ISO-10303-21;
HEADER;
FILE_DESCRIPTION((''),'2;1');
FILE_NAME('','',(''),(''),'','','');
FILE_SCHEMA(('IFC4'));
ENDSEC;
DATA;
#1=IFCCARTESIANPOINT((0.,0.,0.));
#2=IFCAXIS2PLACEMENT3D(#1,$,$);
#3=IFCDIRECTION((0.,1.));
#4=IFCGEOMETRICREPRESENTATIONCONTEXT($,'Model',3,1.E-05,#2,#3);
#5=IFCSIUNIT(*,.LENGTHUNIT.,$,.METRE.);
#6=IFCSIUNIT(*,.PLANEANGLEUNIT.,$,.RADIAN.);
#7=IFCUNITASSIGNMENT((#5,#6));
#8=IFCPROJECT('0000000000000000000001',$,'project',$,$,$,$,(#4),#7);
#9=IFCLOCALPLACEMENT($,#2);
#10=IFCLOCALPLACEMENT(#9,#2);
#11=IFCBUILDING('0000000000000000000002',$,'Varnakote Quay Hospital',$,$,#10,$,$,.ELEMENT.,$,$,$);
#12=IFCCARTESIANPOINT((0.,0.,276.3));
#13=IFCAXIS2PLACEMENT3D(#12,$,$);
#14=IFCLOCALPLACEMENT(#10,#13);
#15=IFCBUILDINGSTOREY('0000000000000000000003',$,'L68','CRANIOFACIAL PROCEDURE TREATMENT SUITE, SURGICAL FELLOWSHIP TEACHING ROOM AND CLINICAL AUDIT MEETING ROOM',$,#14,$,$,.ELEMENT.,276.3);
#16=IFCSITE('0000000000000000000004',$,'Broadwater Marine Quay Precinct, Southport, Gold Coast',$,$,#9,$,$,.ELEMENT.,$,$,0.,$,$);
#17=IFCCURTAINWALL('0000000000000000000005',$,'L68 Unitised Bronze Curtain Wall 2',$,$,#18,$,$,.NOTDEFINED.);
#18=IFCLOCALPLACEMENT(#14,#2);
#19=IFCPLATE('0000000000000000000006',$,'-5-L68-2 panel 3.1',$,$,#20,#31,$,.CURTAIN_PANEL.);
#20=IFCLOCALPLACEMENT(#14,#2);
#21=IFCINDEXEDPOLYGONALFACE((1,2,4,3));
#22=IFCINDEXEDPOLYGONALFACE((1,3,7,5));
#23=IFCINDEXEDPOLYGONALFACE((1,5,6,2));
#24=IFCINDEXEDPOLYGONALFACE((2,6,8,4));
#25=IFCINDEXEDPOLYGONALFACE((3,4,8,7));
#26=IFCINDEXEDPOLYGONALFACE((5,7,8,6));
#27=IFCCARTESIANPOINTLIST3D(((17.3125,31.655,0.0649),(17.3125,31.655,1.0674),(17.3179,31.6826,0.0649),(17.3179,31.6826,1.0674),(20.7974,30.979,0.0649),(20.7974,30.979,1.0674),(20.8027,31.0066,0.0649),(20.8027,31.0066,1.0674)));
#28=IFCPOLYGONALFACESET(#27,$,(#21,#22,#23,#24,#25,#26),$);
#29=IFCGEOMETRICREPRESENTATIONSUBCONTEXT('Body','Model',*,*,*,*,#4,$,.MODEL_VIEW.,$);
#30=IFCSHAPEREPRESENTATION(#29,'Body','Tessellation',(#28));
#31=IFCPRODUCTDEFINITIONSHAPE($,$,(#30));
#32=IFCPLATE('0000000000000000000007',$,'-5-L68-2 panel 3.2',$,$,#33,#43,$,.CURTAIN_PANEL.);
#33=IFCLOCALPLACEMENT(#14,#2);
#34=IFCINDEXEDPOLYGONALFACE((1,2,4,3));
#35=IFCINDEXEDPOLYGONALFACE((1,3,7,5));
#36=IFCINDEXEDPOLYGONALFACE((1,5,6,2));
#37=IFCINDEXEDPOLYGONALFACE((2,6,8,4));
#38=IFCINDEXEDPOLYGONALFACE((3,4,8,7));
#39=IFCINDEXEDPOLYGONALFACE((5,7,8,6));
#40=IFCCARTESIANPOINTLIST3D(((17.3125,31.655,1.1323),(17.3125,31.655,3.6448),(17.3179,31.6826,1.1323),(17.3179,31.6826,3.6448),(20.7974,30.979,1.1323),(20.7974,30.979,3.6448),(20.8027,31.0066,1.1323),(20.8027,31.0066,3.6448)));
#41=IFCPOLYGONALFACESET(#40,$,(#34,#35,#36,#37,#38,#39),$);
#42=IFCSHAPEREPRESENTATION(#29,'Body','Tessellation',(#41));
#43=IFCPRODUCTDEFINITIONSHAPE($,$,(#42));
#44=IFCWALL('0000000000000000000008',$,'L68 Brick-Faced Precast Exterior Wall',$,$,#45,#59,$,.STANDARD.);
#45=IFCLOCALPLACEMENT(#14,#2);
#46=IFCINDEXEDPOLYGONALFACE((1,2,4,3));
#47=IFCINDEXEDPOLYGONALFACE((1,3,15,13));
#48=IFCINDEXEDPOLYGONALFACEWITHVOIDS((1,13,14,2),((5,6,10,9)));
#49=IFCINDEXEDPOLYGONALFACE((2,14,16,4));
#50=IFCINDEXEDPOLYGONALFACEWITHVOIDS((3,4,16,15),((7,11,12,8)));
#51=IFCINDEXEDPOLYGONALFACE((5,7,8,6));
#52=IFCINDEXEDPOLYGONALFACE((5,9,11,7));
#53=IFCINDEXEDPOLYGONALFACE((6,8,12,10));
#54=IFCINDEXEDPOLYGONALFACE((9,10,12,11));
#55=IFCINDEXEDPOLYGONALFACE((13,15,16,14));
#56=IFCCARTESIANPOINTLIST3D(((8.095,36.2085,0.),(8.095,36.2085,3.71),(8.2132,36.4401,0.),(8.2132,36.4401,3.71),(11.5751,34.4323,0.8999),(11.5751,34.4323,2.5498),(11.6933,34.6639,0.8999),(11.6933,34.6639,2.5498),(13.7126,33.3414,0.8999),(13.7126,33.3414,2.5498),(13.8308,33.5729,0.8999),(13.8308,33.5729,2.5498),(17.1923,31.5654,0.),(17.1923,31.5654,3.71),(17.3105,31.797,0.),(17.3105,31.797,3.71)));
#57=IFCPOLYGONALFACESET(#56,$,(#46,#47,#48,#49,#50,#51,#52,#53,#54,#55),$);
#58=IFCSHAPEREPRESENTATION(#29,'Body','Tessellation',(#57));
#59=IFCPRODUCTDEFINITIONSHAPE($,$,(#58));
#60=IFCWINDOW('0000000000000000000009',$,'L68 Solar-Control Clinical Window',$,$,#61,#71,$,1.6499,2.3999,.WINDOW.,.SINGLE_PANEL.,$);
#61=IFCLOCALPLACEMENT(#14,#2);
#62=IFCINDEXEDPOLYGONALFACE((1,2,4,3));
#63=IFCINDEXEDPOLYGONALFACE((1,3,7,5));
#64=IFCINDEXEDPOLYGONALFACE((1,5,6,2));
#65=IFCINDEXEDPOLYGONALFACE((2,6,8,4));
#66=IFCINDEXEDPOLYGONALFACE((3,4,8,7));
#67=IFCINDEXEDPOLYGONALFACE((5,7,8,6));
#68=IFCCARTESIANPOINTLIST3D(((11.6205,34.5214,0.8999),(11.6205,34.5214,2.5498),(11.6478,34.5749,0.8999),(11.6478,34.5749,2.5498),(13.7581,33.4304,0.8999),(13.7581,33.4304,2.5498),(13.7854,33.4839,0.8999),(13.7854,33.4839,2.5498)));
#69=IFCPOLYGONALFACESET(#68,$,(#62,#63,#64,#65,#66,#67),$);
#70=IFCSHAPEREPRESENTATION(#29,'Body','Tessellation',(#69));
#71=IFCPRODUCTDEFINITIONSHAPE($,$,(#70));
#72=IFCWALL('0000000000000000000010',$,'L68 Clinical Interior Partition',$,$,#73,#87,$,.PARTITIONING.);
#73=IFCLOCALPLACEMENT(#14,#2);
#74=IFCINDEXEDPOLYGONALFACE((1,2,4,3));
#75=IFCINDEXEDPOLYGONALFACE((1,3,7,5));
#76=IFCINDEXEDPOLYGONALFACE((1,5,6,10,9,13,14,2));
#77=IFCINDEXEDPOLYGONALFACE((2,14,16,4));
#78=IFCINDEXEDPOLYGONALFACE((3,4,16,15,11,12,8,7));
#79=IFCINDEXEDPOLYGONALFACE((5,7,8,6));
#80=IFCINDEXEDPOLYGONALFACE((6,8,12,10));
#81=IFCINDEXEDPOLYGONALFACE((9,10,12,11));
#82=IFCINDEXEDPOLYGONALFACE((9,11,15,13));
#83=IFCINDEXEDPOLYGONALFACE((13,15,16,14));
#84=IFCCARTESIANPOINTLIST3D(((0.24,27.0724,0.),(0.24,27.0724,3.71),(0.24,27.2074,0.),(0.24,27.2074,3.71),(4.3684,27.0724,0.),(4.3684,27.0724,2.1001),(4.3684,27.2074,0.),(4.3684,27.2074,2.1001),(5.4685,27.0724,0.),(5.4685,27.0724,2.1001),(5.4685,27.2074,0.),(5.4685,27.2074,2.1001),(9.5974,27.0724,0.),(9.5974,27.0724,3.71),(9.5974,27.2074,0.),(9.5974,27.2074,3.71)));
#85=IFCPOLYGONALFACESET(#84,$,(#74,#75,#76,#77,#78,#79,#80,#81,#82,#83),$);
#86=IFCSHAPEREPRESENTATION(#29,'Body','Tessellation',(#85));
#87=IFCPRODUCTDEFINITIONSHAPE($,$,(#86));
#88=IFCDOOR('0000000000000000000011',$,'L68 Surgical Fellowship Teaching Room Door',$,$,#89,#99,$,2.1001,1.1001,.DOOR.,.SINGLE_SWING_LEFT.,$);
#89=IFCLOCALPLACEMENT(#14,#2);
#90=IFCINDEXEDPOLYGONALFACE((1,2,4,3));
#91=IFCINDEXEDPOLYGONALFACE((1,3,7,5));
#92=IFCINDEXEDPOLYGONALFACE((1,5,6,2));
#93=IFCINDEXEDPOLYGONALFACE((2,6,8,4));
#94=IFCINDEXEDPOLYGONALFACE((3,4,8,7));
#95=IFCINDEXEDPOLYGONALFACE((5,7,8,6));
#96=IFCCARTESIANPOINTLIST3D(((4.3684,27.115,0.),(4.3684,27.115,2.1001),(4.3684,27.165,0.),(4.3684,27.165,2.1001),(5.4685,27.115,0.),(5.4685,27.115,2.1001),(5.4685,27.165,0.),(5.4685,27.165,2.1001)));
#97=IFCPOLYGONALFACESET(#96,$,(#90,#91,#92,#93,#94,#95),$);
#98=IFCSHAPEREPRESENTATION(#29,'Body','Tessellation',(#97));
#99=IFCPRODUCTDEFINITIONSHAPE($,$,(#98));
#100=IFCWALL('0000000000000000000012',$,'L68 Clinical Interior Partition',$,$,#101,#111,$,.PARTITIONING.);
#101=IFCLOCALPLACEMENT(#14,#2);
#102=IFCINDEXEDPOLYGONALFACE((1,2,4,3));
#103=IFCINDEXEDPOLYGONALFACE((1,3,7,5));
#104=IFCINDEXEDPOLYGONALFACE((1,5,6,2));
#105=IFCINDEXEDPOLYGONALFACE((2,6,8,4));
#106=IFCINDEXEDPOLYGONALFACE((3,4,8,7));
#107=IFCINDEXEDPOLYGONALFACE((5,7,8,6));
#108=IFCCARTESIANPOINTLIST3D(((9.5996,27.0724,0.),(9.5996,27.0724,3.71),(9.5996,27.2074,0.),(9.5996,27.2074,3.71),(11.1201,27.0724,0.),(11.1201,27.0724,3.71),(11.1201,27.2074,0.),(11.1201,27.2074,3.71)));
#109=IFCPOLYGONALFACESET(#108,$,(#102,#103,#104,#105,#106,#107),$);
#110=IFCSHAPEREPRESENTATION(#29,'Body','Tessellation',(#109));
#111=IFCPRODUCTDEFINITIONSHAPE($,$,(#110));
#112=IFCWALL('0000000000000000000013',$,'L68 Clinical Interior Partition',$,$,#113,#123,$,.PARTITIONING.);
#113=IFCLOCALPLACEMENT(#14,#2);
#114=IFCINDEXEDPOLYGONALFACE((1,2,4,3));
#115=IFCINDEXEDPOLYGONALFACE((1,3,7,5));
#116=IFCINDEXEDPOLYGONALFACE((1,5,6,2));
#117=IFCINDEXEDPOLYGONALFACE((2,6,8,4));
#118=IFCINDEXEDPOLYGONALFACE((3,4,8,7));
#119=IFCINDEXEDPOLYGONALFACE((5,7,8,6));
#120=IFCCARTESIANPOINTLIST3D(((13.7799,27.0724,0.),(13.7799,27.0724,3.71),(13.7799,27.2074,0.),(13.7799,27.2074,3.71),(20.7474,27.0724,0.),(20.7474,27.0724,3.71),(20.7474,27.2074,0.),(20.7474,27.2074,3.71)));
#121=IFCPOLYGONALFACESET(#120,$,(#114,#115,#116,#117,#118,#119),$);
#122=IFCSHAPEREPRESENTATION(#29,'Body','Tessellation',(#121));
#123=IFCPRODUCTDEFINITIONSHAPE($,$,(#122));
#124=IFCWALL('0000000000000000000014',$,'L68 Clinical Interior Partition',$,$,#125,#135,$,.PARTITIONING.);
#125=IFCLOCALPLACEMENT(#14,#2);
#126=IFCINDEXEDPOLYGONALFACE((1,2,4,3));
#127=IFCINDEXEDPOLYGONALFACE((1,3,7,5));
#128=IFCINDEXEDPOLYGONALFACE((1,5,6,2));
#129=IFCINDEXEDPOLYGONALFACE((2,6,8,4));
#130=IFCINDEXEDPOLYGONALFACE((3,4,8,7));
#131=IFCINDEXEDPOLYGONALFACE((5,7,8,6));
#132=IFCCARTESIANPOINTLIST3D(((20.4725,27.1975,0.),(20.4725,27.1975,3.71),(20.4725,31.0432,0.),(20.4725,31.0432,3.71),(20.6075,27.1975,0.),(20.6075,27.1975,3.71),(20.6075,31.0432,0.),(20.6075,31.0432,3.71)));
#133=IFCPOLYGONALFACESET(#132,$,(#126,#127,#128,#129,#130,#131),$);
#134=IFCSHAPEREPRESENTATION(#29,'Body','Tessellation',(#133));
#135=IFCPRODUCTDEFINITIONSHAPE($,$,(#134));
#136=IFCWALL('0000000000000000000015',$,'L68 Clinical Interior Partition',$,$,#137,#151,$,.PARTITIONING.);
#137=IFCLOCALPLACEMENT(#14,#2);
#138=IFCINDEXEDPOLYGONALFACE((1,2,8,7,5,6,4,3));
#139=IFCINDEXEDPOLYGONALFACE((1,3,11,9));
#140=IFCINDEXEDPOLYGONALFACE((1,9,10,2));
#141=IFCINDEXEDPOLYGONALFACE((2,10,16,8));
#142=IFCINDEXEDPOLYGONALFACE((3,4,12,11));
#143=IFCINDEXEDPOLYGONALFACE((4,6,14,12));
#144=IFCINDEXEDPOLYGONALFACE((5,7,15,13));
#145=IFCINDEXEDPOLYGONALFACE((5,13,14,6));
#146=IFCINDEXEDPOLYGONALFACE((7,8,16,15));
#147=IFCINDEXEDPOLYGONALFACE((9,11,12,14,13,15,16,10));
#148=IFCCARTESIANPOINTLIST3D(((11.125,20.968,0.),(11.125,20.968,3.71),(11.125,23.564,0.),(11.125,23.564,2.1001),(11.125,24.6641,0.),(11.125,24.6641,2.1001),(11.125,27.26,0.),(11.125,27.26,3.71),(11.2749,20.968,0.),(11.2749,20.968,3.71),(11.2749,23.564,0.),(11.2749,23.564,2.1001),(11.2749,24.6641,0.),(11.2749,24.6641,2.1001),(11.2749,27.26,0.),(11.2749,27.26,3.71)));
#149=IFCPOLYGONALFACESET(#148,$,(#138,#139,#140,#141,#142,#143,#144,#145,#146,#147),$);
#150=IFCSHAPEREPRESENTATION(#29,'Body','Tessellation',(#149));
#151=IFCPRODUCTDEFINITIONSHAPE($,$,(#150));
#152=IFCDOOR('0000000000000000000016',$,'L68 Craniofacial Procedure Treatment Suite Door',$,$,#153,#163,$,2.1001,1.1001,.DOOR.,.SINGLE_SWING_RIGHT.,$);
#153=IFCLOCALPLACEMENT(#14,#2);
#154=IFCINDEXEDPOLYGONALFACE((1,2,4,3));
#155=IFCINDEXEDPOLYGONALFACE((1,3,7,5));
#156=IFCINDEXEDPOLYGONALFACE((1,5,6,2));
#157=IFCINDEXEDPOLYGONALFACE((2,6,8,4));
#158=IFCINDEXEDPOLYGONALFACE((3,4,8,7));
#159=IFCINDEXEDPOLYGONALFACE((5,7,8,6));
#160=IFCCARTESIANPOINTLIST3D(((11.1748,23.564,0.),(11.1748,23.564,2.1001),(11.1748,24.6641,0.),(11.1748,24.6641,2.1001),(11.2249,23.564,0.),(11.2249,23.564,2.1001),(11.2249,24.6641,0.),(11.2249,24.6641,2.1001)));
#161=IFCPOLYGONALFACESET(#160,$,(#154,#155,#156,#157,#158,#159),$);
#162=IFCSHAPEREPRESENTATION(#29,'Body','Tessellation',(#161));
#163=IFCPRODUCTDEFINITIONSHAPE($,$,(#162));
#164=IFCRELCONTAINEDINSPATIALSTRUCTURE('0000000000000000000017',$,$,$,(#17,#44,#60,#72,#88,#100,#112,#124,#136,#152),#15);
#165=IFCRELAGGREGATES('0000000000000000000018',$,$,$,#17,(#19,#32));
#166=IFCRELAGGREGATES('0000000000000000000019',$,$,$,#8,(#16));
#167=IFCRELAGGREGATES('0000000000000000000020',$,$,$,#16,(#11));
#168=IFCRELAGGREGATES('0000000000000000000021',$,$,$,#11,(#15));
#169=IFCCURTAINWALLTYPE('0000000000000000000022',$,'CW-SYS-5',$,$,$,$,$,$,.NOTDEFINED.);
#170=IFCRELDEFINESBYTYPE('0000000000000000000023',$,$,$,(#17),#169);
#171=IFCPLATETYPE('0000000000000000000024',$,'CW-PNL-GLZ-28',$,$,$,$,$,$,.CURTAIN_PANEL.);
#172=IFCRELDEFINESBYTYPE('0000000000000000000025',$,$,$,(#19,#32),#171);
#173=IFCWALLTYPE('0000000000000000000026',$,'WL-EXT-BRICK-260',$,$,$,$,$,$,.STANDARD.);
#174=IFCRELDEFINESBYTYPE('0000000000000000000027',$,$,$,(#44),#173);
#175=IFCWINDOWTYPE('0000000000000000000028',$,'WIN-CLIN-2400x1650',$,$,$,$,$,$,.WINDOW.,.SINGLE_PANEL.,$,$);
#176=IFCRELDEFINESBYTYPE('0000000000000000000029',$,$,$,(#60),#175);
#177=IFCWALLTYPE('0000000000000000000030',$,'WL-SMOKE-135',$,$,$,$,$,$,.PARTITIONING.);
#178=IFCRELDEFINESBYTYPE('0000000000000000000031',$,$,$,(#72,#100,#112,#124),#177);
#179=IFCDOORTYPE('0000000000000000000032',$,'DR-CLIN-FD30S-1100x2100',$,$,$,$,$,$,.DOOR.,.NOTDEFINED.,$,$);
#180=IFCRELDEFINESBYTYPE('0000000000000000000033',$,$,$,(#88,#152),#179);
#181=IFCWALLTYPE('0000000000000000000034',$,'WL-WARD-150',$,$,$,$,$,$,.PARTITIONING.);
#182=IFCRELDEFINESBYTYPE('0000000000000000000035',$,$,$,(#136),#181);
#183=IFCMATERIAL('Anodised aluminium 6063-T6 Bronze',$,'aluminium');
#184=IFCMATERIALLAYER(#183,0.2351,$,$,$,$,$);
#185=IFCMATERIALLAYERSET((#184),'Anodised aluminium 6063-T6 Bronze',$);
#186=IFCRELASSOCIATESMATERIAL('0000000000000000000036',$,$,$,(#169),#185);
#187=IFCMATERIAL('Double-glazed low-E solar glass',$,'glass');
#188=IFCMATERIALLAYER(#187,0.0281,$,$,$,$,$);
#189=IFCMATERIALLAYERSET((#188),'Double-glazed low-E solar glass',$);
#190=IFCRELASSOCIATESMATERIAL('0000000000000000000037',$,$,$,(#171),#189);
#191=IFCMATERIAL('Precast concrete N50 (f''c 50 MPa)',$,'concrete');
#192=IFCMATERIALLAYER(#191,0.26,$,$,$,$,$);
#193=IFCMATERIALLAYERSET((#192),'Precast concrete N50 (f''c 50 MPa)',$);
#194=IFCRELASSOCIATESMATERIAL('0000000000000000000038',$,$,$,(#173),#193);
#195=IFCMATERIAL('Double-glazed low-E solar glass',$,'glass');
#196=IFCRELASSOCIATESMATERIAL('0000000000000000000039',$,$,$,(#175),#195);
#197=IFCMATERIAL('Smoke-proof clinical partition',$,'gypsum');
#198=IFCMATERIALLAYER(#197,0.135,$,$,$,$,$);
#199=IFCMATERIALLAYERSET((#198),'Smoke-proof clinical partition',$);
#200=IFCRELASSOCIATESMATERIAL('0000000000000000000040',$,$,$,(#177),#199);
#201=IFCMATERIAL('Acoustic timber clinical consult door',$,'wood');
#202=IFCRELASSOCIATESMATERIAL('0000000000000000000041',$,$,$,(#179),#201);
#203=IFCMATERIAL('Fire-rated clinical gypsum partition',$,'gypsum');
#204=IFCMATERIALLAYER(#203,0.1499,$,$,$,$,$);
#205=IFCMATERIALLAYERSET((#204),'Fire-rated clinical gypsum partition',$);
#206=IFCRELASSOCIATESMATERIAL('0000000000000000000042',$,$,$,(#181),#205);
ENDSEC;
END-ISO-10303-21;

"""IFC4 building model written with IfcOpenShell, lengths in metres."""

from ifc_helpers import new_model, si_unit, direction, frame, frame_2d, origin, origin_2d, place, context, subcontext, project, spatial, rectangle, extrude, material, layer, layer_set, type_object, element, fill, aggregate, save


model = new_model("IFC4")

# Units and contexts
model_context = context("Model", 3, precision=1e-05, world=origin(), true_north=direction((0.0, 1.0)))
body_context = subcontext(model_context, "Body", "Model", "MODEL_VIEW")
ifc_project = project(units=[si_unit("LENGTHUNIT", "METRE"), si_unit("PLANEANGLEUNIT", "RADIAN")], contexts=[model_context])

# Site, building, storey
site_placement = place(None, origin())
site = spatial("IfcSite", under=ifc_project, at=site_placement, Name="Broadwater Marine Quay Precinct, Southport, Gold Coast", CompositionType="ELEMENT", RefElevation=0.0)
building_placement = place(site_placement, origin())
building = spatial("IfcBuilding", under=site, at=building_placement, Name="Varnakote Quay Hospital", CompositionType="ELEMENT")
storey_placement = place(building_placement, frame((0.0, 0.0, 276.3)))
storey = spatial("IfcBuildingStorey", under=building, at=storey_placement, Name="L68", Description="CRANIOFACIAL PROCEDURE TREATMENT SUITE, SURGICAL FELLOWSHIP TEACHING ROOM AND CLINICAL AUDIT MEETING ROOM", CompositionType="ELEMENT", Elevation=276.3)

# Curtain wall
ifc_material_1 = material(Name="Anodised aluminium 6063-T6 Bronze", Category="aluminium")
ifc_layer_1 = layer(ifc_material_1, 0.2351)
ifc_layer_set_1 = layer_set([ifc_layer_1], Name="Anodised aluminium 6063-T6 Bronze")
curtain_wall_type = type_object("IfcCurtainWallType", Name="CW-SYS-5", PredefinedType="NOTDEFINED", material=ifc_layer_set_1)
curtain_wall_placement = place(storey_placement, origin())
curtain_wall = element("IfcCurtainWall", 1, at=curtain_wall_placement, inside=storey, type_object=curtain_wall_type, Name="L68 Unitised Bronze Curtain Wall 2", PredefinedType="NOTDEFINED")

# Plates
ifc_material_2 = material(Name="Double-glazed low-E solar glass", Category="glass")
ifc_layer_2 = layer(ifc_material_2, 0.0281)
ifc_layer_set_2 = layer_set([ifc_layer_2], Name="Double-glazed low-E solar glass")
plate_type = type_object("IfcPlateType", Name="CW-PNL-GLZ-28", PredefinedType="CURTAIN_PANEL", material=ifc_layer_set_2)
plate_1_placement = place(storey_placement, frame((19.0576, 31.3308, 0.0649), z_axis=(0.0, 0.0, 1.0), x_axis=(-0.9817, 0.190434, 0.0)))
plate_1 = element("IfcPlate", 2, at=plate_1_placement, type_object=plate_type, Name="-5-L68-2 panel 3.1", PredefinedType="CURTAIN_PANEL", context=body_context, shape_type="SweptSolid", body=[
    extrude(rectangle(XDim=3.5498, YDim=0.0281, at=origin_2d()), origin(), (0.0, 0.0, 1.0), 1.0024),
])
plate_2_placement = place(storey_placement, frame((19.0576, 31.3308, 1.1323), z_axis=(0.0, 0.0, 1.0), x_axis=(-0.9817, 0.190434, 0.0)))
plate_2 = element("IfcPlate", 3, at=plate_2_placement, type_object=plate_type, Name="-5-L68-2 panel 3.2", PredefinedType="CURTAIN_PANEL", context=body_context, shape_type="SweptSolid", body=[
    extrude(rectangle(XDim=3.5498, YDim=0.0281, at=origin_2d()), origin(), (0.0, 0.0, 1.0), 2.5125),
])
aggregate(curtain_wall, [plate_1, plate_2])

# Wall, opening, window
ifc_material_3 = material(Name="Precast concrete N50 (f'c 50 MPa)", Category="concrete")
ifc_layer_3 = layer(ifc_material_3, 0.26)
ifc_layer_set_3 = layer_set([ifc_layer_3], Name="Precast concrete N50 (f'c 50 MPa)")
wall_type_1 = type_object("IfcWallType", Name="WL-EXT-BRICK-260", PredefinedType="STANDARD", material=ifc_layer_set_3)
wall_1_placement = place(storey_placement, frame((17.2515, 31.6812, 0.0), z_axis=(0.0, 0.0, 1.0), x_axis=(-0.890696, 0.454599, 0.0)))
wall_1 = element("IfcWall", 4, at=wall_1_placement, inside=storey, type_object=wall_type_1, Name="L68 Brick-Faced Precast Exterior Wall", PredefinedType="STANDARD", context=body_context, shape_type="SweptSolid", body=[
    extrude(rectangle(XDim=10.2136, YDim=0.26, at=frame_2d((5.1069, 0.0))), origin(), (0.0, 0.0, 1.0), 3.71),
])
opening_1_placement = place(wall_1_placement, frame((3.9067, 0.0, 0.8999)))
opening_1 = element("IfcOpeningElement", 5, at=opening_1_placement, cuts=wall_1, PredefinedType="OPENING", context=body_context, shape_type="SweptSolid", body=[
    extrude(rectangle(XDim=2.3999, YDim=1.6499, at=frame_2d((1.2, 0.825))), frame((0.0, 0.1399, 0.0), z_axis=(0.0, -1.0, 0.0), x_axis=(1.0, 0.0, 0.0)), (0.0, 0.0, 1.0), 0.28),
])
ifc_material_4 = material(Name="Double-glazed low-E solar glass", Category="glass")
window_type = type_object("IfcWindowType", Name="WIN-CLIN-2400x1650", PartitioningType="SINGLE_PANEL", PredefinedType="WINDOW", material=ifc_material_4)
window_placement = place(opening_1_placement, origin())
window = element("IfcWindow", 6, at=window_placement, inside=storey, type_object=window_type, Name="L68 Solar-Control Clinical Window", OverallHeight=1.6499, OverallWidth=2.3999, PartitioningType="SINGLE_PANEL", PredefinedType="WINDOW", context=body_context, shape_type="SweptSolid", body=[
    extrude(rectangle(XDim=2.3999, YDim=1.6499, at=frame_2d((1.2, 0.825))), frame((0.0, 0.03, 0.0), z_axis=(0.0, -1.0, 0.0), x_axis=(1.0, 0.0, 0.0)), (0.0, 0.0, 1.0), 0.0601),
])
fill(opening_1, window)

# Wall, opening, door
ifc_material_5 = material(Name="Smoke-proof clinical partition", Category="gypsum")
ifc_layer_4 = layer(ifc_material_5, 0.135)
ifc_layer_set_4 = layer_set([ifc_layer_4], Name="Smoke-proof clinical partition")
wall_type_2 = type_object("IfcWallType", Name="WL-SMOKE-135", PredefinedType="PARTITIONING", material=ifc_layer_set_4)
wall_2_placement = place(storey_placement, frame((9.5974, 27.1399, 0.0), z_axis=(0.0, 0.0, 1.0), x_axis=(-1.0, 0.0, 0.0)))
wall_2 = element("IfcWall", 7, at=wall_2_placement, inside=storey, type_object=wall_type_2, Name="L68 Clinical Interior Partition", PredefinedType="PARTITIONING", context=body_context, shape_type="SweptSolid", body=[
    extrude(rectangle(XDim=9.3574, YDim=0.135, at=frame_2d((4.6787, 0.0))), origin(), (0.0, 0.0, 1.0), 3.71),
])
opening_2_placement = place(wall_2_placement, frame((4.1289, 0.0, 0.0)))
opening_2 = element("IfcOpeningElement", 8, at=opening_2_placement, cuts=wall_2, PredefinedType="OPENING", context=body_context, shape_type="SweptSolid", body=[
    extrude(rectangle(XDim=1.1001, YDim=2.1001, at=frame_2d((0.55, 1.05))), frame((0.0, 0.0774, 0.0), z_axis=(0.0, -1.0, 0.0), x_axis=(1.0, 0.0, 0.0)), (0.0, 0.0, 1.0), 0.155),
])
ifc_material_6 = material(Name="Acoustic timber clinical consult door", Category="wood")
door_type = type_object("IfcDoorType", Name="DR-CLIN-FD30S-1100x2100", OperationType="NOTDEFINED", PredefinedType="DOOR", material=ifc_material_6)
door_1_placement = place(opening_2_placement, origin())
door_1 = element("IfcDoor", 9, at=door_1_placement, inside=storey, type_object=door_type, Name="L68 Surgical Fellowship Teaching Room Door", OperationType="SINGLE_SWING_LEFT", OverallHeight=2.1001, OverallWidth=1.1001, PredefinedType="DOOR", context=body_context, shape_type="SweptSolid", body=[
    extrude(rectangle(XDim=1.1001, YDim=2.1001, at=frame_2d((0.55, 1.05))), frame((0.0, 0.0249, 0.0), z_axis=(0.0, -1.0, 0.0), x_axis=(1.0, 0.0, 0.0)), (0.0, 0.0, 1.0), 0.05),
])
fill(opening_2, door_1)

# Walls
wall_3_placement = place(storey_placement, frame((11.1201, 27.1399, 0.0), z_axis=(0.0, 0.0, 1.0), x_axis=(-1.0, 0.0, 0.0)))
element("IfcWall", 10, at=wall_3_placement, inside=storey, type_object=wall_type_2, Name="L68 Clinical Interior Partition", PredefinedType="PARTITIONING", context=body_context, shape_type="SweptSolid", body=[
    extrude(rectangle(XDim=1.5205, YDim=0.135, at=frame_2d((0.7603, 0.0))), origin(), (0.0, 0.0, 1.0), 3.71),
])
wall_4_placement = place(storey_placement, frame((20.7476, 27.1399, 0.0), z_axis=(0.0, 0.0, 1.0), x_axis=(-1.0, 0.0, 0.0)))
element("IfcWall", 11, at=wall_4_placement, inside=storey, type_object=wall_type_2, Name="L68 Clinical Interior Partition", PredefinedType="PARTITIONING", context=body_context, shape_type="SweptSolid", body=[
    extrude(rectangle(XDim=6.9675, YDim=0.135, at=frame_2d((3.4839, 0.0))), origin(), (0.0, 0.0, 1.0), 3.71),
])
wall_5_placement = place(storey_placement, frame((20.54, 27.1975, 0.0), z_axis=(0.0, 0.0, 1.0), x_axis=(0.0, 1.0, 0.0)))
element("IfcWall", 12, at=wall_5_placement, inside=storey, type_object=wall_type_2, Name="L68 Clinical Interior Partition", PredefinedType="PARTITIONING", context=body_context, shape_type="SweptSolid", body=[
    extrude(rectangle(XDim=3.8457, YDim=0.135, at=frame_2d((1.9229, 0.0))), origin(), (0.0, 0.0, 1.0), 3.71),
])

# Wall, opening, door
ifc_material_7 = material(Name="Fire-rated clinical gypsum partition", Category="gypsum")
ifc_layer_5 = layer(ifc_material_7, 0.1499)
ifc_layer_set_5 = layer_set([ifc_layer_5], Name="Fire-rated clinical gypsum partition")
wall_type_3 = type_object("IfcWallType", Name="WL-WARD-150", PredefinedType="PARTITIONING", material=ifc_layer_set_5)
wall_6_placement = place(storey_placement, frame((11.2, 27.26, 0.0), z_axis=(0.0, 0.0, 1.0), x_axis=(0.0, -1.0, 0.0)))
wall_6 = element("IfcWall", 13, at=wall_6_placement, inside=storey, type_object=wall_type_3, Name="L68 Clinical Interior Partition", PredefinedType="PARTITIONING", context=body_context, shape_type="SweptSolid", body=[
    extrude(rectangle(XDim=6.292, YDim=0.1499, at=frame_2d((3.146, 0.0))), origin(), (0.0, 0.0, 1.0), 3.71),
])
opening_3_placement = place(wall_6_placement, frame((2.5959, 0.0, 0.0)))
opening_3 = element("IfcOpeningElement", 14, at=opening_3_placement, cuts=wall_6, PredefinedType="OPENING", context=body_context, shape_type="SweptSolid", body=[
    extrude(rectangle(XDim=1.1001, YDim=2.1001, at=frame_2d((0.55, 1.05))), frame((0.0, 0.085, 0.0), z_axis=(0.0, -1.0, 0.0), x_axis=(1.0, 0.0, 0.0)), (0.0, 0.0, 1.0), 0.1699),
])
door_2_placement = place(opening_3_placement, origin())
door_2 = element("IfcDoor", 15, at=door_2_placement, inside=storey, type_object=door_type, Name="L68 Craniofacial Procedure Treatment Suite Door", OperationType="SINGLE_SWING_RIGHT", OverallHeight=2.1001, OverallWidth=1.1001, PredefinedType="DOOR", context=body_context, shape_type="SweptSolid", body=[
    extrude(rectangle(XDim=1.1001, YDim=2.1001, at=frame_2d((0.55, 1.05))), frame((0.0, 0.0249, 0.0), z_axis=(0.0, -1.0, 0.0), x_axis=(1.0, 0.0, 0.0)), (0.0, 0.0, 1.0), 0.05),
])
fill(opening_3, door_2)

save(model, "model.ifc")
